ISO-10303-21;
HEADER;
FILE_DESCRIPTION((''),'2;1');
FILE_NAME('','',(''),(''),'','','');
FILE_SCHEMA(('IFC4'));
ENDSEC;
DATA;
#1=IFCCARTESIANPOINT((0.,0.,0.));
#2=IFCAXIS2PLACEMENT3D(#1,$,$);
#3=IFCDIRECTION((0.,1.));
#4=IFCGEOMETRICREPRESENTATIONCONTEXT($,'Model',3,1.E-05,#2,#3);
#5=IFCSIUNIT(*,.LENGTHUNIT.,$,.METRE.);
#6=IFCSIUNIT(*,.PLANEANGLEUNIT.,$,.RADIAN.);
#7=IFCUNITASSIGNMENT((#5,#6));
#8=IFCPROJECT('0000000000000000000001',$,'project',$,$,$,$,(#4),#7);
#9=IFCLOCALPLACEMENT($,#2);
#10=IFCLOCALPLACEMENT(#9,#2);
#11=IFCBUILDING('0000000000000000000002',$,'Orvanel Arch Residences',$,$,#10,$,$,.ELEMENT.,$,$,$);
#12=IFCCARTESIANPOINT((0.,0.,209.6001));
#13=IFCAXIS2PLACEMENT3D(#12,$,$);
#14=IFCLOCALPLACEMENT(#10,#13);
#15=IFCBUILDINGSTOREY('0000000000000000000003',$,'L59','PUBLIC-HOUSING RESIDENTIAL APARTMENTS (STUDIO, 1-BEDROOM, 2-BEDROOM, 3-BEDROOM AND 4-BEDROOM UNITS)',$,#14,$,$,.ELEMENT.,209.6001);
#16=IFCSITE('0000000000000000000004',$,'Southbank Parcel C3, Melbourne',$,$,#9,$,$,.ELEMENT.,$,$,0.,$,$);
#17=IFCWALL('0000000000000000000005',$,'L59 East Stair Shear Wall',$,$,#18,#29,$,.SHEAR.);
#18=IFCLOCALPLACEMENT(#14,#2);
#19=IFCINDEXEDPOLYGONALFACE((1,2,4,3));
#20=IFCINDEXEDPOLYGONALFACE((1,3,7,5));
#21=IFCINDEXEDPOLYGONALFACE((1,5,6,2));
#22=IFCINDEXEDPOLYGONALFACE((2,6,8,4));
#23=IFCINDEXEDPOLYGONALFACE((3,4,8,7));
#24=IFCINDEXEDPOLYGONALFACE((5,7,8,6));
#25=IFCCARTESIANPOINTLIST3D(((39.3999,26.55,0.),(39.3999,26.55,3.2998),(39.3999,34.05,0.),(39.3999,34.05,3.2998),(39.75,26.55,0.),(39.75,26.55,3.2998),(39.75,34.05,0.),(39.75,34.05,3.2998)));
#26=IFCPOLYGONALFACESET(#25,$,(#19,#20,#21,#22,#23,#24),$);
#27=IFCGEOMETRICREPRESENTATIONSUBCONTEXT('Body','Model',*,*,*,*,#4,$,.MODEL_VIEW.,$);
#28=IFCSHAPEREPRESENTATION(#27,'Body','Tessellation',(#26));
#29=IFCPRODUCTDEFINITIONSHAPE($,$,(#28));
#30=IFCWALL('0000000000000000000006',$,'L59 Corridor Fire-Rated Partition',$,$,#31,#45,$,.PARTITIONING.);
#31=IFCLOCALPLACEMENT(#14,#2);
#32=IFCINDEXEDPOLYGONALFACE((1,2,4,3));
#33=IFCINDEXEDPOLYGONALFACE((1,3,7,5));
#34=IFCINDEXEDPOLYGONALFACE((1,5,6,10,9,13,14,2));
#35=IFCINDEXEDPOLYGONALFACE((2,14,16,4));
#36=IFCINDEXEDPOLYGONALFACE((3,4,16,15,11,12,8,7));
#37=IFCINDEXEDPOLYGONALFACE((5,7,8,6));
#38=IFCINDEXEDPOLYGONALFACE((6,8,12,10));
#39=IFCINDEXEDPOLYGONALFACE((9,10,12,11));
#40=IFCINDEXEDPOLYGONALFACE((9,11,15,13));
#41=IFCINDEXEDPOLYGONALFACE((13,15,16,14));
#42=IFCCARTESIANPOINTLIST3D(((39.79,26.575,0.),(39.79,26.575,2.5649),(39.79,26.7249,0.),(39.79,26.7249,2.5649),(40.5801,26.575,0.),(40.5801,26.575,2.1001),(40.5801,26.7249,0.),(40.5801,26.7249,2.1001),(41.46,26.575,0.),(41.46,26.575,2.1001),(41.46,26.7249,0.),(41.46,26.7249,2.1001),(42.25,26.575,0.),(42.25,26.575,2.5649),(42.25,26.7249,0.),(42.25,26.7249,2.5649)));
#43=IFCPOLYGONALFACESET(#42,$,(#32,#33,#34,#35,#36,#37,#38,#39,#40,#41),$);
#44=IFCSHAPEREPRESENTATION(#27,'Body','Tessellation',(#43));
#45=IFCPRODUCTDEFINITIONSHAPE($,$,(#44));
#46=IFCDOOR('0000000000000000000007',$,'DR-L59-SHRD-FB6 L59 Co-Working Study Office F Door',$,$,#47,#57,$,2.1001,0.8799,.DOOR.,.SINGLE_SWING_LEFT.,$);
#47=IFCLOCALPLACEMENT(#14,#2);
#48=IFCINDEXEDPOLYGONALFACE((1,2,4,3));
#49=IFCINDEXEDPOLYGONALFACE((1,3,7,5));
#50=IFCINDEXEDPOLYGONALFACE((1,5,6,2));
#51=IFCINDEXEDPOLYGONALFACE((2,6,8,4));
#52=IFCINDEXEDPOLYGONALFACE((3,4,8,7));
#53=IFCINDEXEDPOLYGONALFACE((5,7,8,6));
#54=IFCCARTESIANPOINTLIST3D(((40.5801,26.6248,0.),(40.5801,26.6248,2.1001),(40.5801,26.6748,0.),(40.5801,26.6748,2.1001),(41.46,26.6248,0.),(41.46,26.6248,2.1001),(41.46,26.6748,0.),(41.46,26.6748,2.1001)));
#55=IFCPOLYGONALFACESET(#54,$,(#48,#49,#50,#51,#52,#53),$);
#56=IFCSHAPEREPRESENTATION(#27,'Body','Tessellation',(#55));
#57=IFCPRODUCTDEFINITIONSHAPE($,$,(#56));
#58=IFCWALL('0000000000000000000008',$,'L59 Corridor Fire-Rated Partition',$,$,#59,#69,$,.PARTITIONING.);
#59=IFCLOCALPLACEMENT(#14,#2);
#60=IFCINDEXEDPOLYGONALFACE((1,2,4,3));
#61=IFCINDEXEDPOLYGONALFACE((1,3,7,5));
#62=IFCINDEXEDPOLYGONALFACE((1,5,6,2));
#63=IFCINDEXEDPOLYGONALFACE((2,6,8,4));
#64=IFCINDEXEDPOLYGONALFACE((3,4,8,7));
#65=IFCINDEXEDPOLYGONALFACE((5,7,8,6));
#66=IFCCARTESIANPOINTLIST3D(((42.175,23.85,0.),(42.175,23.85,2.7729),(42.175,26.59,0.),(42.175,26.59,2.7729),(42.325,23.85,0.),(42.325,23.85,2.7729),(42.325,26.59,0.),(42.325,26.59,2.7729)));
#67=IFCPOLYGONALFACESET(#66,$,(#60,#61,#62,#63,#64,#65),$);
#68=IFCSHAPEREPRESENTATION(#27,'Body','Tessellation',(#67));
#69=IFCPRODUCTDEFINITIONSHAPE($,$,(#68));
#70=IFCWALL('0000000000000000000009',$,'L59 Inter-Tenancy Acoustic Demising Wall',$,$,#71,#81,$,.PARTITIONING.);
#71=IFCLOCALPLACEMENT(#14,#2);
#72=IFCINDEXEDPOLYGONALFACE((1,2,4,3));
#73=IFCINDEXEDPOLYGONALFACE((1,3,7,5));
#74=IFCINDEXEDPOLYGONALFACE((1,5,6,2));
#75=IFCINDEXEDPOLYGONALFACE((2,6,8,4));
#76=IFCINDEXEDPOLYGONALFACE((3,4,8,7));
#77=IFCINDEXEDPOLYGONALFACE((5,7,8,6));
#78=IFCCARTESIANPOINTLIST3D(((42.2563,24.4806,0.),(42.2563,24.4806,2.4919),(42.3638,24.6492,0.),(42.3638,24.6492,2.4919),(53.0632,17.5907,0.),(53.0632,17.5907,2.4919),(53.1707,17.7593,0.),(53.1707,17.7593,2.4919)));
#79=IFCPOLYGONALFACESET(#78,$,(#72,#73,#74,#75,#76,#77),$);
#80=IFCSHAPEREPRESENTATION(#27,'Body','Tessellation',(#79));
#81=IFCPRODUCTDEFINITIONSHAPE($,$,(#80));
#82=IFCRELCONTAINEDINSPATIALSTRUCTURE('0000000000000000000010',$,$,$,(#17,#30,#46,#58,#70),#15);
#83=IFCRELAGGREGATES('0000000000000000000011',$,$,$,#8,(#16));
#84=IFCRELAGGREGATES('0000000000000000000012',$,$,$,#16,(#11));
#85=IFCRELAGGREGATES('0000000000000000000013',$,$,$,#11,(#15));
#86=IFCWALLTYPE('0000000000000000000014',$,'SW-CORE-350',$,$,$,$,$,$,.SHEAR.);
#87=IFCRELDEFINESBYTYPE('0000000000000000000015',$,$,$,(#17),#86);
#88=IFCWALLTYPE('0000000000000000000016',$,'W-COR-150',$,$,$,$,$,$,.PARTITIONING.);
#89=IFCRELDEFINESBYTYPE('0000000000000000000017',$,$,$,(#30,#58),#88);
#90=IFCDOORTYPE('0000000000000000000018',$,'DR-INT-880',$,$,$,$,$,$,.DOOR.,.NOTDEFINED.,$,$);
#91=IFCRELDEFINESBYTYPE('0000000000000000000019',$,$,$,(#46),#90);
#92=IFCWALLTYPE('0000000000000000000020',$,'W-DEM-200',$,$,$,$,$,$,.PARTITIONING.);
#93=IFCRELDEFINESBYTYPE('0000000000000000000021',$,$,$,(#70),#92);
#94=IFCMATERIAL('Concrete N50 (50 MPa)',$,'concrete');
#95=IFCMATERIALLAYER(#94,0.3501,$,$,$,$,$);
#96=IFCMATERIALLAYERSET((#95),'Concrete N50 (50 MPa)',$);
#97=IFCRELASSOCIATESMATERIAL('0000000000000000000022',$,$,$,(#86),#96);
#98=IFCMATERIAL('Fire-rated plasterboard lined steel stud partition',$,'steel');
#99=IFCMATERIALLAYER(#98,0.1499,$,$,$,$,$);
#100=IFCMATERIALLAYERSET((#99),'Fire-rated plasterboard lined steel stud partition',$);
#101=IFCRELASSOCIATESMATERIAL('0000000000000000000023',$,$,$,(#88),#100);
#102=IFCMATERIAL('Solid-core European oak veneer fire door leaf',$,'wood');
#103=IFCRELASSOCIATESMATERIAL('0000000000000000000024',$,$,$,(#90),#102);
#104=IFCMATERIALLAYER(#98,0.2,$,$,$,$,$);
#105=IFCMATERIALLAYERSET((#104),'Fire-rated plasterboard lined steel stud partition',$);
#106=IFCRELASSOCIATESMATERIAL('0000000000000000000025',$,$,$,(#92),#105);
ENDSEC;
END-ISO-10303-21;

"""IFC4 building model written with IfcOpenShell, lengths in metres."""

from ifc_helpers import new_model, si_unit, direction, frame, frame_2d, origin, place, context, subcontext, project, spatial, rectangle, extrude, material, layer, layer_set, type_object, element, fill, save


model = new_model("IFC4")

# Units and contexts
model_context = context("Model", 3, precision=1e-05, world=origin(), true_north=direction((0.0, 1.0)))
body_context = subcontext(model_context, "Body", "Model", "MODEL_VIEW")
ifc_project = project(units=[si_unit("LENGTHUNIT", "METRE"), si_unit("PLANEANGLEUNIT", "RADIAN")], contexts=[model_context])

# Site, building, storey
site_placement = place(None, origin())
site = spatial("IfcSite", under=ifc_project, at=site_placement, Name="Southbank Parcel C3, Melbourne", CompositionType="ELEMENT", RefElevation=0.0)
building_placement = place(site_placement, origin())
building = spatial("IfcBuilding", under=site, at=building_placement, Name="Orvanel Arch Residences", CompositionType="ELEMENT")
storey_placement = place(building_placement, frame((0.0, 0.0, 209.6001)))
storey = spatial("IfcBuildingStorey", under=building, at=storey_placement, Name="L59", Description="PUBLIC-HOUSING RESIDENTIAL APARTMENTS (STUDIO, 1-BEDROOM, 2-BEDROOM, 3-BEDROOM AND 4-BEDROOM UNITS)", CompositionType="ELEMENT", Elevation=209.6001)

# Wall
ifc_material_1 = material(Name="Concrete N50 (50 MPa)", Category="concrete")
ifc_layer_1 = layer(ifc_material_1, 0.3501)
ifc_layer_set_1 = layer_set([ifc_layer_1], Name="Concrete N50 (50 MPa)")
wall_type_1 = type_object("IfcWallType", Name="SW-CORE-350", PredefinedType="SHEAR", material=ifc_layer_set_1)
wall_1_placement = place(storey_placement, frame((39.575, 26.55, 0.0), z_axis=(0.0, 0.0, 1.0), x_axis=(0.0, 1.0, 0.0)))
element("IfcWall", 1, at=wall_1_placement, inside=storey, type_object=wall_type_1, Name="L59 East Stair Shear Wall", PredefinedType="SHEAR", context=body_context, shape_type="SweptSolid", body=[
    extrude(rectangle(XDim=7.5, YDim=0.3501, at=frame_2d((3.75, 0.0))), origin(), (0.0, 0.0, 1.0), 3.2998),
])

# Wall, opening, door
ifc_material_2 = material(Name="Fire-rated plasterboard lined steel stud partition", Category="steel")
ifc_layer_2 = layer(ifc_material_2, 0.1499)
ifc_layer_set_2 = layer_set([ifc_layer_2], Name="Fire-rated plasterboard lined steel stud partition")
wall_type_2 = type_object("IfcWallType", Name="W-COR-150", PredefinedType="PARTITIONING", material=ifc_layer_set_2)
wall_2_placement = place(storey_placement, frame((39.79, 26.6499, 0.0), z_axis=(0.0, 0.0, 1.0), x_axis=(1.0, 0.0, 0.0)))
wall_2 = element("IfcWall", 2, at=wall_2_placement, inside=storey, type_object=wall_type_2, Name="L59 Corridor Fire-Rated Partition", PredefinedType="PARTITIONING", context=body_context, shape_type="SweptSolid", body=[
    extrude(rectangle(XDim=2.46, YDim=0.1499, at=frame_2d((1.23, 0.0))), origin(), (0.0, 0.0, 1.0), 2.5649),
])
opening_1_placement = place(wall_2_placement, frame((0.79, 0.0, 0.0)))
opening_1 = element("IfcOpeningElement", 3, at=opening_1_placement, cuts=wall_2, PredefinedType="OPENING", context=body_context, shape_type="SweptSolid", body=[
    extrude(rectangle(XDim=0.8799, YDim=2.1001, at=frame_2d((0.4399, 1.05))), frame((0.0, 0.085, 0.0), z_axis=(0.0, -1.0, 0.0), x_axis=(1.0, 0.0, 0.0)), (0.0, 0.0, 1.0), 0.1699),
])
ifc_material_3 = material(Name="Solid-core European oak veneer fire door leaf", Category="wood")
door_type_1 = type_object("IfcDoorType", Name="DR-INT-880", OperationType="NOTDEFINED", PredefinedType="DOOR", material=ifc_material_3)
door_1_placement = place(opening_1_placement, origin())
door_1 = element("IfcDoor", 4, at=door_1_placement, inside=storey, type_object=door_type_1, Name="DR-L59-SHRD-FB6 L59 Co-Working Study Office F Door", OperationType="SINGLE_SWING_LEFT", OverallHeight=2.1001, OverallWidth=0.8799, PredefinedType="DOOR", context=body_context, shape_type="SweptSolid", body=[
    extrude(rectangle(XDim=0.8799, YDim=2.1001, at=frame_2d((0.4399, 1.05))), frame((0.0, 0.0249, 0.0), z_axis=(0.0, -1.0, 0.0), x_axis=(1.0, 0.0, 0.0)), (0.0, 0.0, 1.0), 0.05),
])
fill(opening_1, door_1)

# Wall
wall_3_placement = place(storey_placement, frame((42.25, 26.5901, 0.0), z_axis=(0.0, 0.0, 1.0), x_axis=(0.0, -1.0, 0.0)))
element("IfcWall", 5, at=wall_3_placement, inside=storey, type_object=wall_type_2, Name="L59 Corridor Fire-Rated Partition", PredefinedType="PARTITIONING", context=body_context, shape_type="SweptSolid", body=[
    extrude(rectangle(XDim=2.74, YDim=0.1499, at=frame_2d((1.3701, 0.0))), origin(), (0.0, 0.0, 1.0), 2.7729),
])

# Wall
ifc_layer_3 = layer(ifc_material_2, 0.2)
ifc_layer_set_3 = layer_set([ifc_layer_3], Name="Fire-rated plasterboard lined steel stud partition")
wall_type_3 = type_object("IfcWallType", Name="W-DEM-200", PredefinedType="PARTITIONING", material=ifc_layer_set_3)
wall_4_placement = place(storey_placement, frame((42.3101, 24.5649, 0.0), z_axis=(0.0, 0.0, 1.0), x_axis=(0.843209, -0.537585, 0.0)))
element("IfcWall", 6, at=wall_4_placement, inside=storey, type_object=wall_type_3, Name="L59 Inter-Tenancy Acoustic Demising Wall", PredefinedType="PARTITIONING", context=body_context, shape_type="SweptSolid", body=[
    extrude(rectangle(XDim=12.8164, YDim=0.2, at=frame_2d((6.4082, 0.0))), origin(), (0.0, 0.0, 1.0), 2.4919),
])

save(model, "model.ifc")
